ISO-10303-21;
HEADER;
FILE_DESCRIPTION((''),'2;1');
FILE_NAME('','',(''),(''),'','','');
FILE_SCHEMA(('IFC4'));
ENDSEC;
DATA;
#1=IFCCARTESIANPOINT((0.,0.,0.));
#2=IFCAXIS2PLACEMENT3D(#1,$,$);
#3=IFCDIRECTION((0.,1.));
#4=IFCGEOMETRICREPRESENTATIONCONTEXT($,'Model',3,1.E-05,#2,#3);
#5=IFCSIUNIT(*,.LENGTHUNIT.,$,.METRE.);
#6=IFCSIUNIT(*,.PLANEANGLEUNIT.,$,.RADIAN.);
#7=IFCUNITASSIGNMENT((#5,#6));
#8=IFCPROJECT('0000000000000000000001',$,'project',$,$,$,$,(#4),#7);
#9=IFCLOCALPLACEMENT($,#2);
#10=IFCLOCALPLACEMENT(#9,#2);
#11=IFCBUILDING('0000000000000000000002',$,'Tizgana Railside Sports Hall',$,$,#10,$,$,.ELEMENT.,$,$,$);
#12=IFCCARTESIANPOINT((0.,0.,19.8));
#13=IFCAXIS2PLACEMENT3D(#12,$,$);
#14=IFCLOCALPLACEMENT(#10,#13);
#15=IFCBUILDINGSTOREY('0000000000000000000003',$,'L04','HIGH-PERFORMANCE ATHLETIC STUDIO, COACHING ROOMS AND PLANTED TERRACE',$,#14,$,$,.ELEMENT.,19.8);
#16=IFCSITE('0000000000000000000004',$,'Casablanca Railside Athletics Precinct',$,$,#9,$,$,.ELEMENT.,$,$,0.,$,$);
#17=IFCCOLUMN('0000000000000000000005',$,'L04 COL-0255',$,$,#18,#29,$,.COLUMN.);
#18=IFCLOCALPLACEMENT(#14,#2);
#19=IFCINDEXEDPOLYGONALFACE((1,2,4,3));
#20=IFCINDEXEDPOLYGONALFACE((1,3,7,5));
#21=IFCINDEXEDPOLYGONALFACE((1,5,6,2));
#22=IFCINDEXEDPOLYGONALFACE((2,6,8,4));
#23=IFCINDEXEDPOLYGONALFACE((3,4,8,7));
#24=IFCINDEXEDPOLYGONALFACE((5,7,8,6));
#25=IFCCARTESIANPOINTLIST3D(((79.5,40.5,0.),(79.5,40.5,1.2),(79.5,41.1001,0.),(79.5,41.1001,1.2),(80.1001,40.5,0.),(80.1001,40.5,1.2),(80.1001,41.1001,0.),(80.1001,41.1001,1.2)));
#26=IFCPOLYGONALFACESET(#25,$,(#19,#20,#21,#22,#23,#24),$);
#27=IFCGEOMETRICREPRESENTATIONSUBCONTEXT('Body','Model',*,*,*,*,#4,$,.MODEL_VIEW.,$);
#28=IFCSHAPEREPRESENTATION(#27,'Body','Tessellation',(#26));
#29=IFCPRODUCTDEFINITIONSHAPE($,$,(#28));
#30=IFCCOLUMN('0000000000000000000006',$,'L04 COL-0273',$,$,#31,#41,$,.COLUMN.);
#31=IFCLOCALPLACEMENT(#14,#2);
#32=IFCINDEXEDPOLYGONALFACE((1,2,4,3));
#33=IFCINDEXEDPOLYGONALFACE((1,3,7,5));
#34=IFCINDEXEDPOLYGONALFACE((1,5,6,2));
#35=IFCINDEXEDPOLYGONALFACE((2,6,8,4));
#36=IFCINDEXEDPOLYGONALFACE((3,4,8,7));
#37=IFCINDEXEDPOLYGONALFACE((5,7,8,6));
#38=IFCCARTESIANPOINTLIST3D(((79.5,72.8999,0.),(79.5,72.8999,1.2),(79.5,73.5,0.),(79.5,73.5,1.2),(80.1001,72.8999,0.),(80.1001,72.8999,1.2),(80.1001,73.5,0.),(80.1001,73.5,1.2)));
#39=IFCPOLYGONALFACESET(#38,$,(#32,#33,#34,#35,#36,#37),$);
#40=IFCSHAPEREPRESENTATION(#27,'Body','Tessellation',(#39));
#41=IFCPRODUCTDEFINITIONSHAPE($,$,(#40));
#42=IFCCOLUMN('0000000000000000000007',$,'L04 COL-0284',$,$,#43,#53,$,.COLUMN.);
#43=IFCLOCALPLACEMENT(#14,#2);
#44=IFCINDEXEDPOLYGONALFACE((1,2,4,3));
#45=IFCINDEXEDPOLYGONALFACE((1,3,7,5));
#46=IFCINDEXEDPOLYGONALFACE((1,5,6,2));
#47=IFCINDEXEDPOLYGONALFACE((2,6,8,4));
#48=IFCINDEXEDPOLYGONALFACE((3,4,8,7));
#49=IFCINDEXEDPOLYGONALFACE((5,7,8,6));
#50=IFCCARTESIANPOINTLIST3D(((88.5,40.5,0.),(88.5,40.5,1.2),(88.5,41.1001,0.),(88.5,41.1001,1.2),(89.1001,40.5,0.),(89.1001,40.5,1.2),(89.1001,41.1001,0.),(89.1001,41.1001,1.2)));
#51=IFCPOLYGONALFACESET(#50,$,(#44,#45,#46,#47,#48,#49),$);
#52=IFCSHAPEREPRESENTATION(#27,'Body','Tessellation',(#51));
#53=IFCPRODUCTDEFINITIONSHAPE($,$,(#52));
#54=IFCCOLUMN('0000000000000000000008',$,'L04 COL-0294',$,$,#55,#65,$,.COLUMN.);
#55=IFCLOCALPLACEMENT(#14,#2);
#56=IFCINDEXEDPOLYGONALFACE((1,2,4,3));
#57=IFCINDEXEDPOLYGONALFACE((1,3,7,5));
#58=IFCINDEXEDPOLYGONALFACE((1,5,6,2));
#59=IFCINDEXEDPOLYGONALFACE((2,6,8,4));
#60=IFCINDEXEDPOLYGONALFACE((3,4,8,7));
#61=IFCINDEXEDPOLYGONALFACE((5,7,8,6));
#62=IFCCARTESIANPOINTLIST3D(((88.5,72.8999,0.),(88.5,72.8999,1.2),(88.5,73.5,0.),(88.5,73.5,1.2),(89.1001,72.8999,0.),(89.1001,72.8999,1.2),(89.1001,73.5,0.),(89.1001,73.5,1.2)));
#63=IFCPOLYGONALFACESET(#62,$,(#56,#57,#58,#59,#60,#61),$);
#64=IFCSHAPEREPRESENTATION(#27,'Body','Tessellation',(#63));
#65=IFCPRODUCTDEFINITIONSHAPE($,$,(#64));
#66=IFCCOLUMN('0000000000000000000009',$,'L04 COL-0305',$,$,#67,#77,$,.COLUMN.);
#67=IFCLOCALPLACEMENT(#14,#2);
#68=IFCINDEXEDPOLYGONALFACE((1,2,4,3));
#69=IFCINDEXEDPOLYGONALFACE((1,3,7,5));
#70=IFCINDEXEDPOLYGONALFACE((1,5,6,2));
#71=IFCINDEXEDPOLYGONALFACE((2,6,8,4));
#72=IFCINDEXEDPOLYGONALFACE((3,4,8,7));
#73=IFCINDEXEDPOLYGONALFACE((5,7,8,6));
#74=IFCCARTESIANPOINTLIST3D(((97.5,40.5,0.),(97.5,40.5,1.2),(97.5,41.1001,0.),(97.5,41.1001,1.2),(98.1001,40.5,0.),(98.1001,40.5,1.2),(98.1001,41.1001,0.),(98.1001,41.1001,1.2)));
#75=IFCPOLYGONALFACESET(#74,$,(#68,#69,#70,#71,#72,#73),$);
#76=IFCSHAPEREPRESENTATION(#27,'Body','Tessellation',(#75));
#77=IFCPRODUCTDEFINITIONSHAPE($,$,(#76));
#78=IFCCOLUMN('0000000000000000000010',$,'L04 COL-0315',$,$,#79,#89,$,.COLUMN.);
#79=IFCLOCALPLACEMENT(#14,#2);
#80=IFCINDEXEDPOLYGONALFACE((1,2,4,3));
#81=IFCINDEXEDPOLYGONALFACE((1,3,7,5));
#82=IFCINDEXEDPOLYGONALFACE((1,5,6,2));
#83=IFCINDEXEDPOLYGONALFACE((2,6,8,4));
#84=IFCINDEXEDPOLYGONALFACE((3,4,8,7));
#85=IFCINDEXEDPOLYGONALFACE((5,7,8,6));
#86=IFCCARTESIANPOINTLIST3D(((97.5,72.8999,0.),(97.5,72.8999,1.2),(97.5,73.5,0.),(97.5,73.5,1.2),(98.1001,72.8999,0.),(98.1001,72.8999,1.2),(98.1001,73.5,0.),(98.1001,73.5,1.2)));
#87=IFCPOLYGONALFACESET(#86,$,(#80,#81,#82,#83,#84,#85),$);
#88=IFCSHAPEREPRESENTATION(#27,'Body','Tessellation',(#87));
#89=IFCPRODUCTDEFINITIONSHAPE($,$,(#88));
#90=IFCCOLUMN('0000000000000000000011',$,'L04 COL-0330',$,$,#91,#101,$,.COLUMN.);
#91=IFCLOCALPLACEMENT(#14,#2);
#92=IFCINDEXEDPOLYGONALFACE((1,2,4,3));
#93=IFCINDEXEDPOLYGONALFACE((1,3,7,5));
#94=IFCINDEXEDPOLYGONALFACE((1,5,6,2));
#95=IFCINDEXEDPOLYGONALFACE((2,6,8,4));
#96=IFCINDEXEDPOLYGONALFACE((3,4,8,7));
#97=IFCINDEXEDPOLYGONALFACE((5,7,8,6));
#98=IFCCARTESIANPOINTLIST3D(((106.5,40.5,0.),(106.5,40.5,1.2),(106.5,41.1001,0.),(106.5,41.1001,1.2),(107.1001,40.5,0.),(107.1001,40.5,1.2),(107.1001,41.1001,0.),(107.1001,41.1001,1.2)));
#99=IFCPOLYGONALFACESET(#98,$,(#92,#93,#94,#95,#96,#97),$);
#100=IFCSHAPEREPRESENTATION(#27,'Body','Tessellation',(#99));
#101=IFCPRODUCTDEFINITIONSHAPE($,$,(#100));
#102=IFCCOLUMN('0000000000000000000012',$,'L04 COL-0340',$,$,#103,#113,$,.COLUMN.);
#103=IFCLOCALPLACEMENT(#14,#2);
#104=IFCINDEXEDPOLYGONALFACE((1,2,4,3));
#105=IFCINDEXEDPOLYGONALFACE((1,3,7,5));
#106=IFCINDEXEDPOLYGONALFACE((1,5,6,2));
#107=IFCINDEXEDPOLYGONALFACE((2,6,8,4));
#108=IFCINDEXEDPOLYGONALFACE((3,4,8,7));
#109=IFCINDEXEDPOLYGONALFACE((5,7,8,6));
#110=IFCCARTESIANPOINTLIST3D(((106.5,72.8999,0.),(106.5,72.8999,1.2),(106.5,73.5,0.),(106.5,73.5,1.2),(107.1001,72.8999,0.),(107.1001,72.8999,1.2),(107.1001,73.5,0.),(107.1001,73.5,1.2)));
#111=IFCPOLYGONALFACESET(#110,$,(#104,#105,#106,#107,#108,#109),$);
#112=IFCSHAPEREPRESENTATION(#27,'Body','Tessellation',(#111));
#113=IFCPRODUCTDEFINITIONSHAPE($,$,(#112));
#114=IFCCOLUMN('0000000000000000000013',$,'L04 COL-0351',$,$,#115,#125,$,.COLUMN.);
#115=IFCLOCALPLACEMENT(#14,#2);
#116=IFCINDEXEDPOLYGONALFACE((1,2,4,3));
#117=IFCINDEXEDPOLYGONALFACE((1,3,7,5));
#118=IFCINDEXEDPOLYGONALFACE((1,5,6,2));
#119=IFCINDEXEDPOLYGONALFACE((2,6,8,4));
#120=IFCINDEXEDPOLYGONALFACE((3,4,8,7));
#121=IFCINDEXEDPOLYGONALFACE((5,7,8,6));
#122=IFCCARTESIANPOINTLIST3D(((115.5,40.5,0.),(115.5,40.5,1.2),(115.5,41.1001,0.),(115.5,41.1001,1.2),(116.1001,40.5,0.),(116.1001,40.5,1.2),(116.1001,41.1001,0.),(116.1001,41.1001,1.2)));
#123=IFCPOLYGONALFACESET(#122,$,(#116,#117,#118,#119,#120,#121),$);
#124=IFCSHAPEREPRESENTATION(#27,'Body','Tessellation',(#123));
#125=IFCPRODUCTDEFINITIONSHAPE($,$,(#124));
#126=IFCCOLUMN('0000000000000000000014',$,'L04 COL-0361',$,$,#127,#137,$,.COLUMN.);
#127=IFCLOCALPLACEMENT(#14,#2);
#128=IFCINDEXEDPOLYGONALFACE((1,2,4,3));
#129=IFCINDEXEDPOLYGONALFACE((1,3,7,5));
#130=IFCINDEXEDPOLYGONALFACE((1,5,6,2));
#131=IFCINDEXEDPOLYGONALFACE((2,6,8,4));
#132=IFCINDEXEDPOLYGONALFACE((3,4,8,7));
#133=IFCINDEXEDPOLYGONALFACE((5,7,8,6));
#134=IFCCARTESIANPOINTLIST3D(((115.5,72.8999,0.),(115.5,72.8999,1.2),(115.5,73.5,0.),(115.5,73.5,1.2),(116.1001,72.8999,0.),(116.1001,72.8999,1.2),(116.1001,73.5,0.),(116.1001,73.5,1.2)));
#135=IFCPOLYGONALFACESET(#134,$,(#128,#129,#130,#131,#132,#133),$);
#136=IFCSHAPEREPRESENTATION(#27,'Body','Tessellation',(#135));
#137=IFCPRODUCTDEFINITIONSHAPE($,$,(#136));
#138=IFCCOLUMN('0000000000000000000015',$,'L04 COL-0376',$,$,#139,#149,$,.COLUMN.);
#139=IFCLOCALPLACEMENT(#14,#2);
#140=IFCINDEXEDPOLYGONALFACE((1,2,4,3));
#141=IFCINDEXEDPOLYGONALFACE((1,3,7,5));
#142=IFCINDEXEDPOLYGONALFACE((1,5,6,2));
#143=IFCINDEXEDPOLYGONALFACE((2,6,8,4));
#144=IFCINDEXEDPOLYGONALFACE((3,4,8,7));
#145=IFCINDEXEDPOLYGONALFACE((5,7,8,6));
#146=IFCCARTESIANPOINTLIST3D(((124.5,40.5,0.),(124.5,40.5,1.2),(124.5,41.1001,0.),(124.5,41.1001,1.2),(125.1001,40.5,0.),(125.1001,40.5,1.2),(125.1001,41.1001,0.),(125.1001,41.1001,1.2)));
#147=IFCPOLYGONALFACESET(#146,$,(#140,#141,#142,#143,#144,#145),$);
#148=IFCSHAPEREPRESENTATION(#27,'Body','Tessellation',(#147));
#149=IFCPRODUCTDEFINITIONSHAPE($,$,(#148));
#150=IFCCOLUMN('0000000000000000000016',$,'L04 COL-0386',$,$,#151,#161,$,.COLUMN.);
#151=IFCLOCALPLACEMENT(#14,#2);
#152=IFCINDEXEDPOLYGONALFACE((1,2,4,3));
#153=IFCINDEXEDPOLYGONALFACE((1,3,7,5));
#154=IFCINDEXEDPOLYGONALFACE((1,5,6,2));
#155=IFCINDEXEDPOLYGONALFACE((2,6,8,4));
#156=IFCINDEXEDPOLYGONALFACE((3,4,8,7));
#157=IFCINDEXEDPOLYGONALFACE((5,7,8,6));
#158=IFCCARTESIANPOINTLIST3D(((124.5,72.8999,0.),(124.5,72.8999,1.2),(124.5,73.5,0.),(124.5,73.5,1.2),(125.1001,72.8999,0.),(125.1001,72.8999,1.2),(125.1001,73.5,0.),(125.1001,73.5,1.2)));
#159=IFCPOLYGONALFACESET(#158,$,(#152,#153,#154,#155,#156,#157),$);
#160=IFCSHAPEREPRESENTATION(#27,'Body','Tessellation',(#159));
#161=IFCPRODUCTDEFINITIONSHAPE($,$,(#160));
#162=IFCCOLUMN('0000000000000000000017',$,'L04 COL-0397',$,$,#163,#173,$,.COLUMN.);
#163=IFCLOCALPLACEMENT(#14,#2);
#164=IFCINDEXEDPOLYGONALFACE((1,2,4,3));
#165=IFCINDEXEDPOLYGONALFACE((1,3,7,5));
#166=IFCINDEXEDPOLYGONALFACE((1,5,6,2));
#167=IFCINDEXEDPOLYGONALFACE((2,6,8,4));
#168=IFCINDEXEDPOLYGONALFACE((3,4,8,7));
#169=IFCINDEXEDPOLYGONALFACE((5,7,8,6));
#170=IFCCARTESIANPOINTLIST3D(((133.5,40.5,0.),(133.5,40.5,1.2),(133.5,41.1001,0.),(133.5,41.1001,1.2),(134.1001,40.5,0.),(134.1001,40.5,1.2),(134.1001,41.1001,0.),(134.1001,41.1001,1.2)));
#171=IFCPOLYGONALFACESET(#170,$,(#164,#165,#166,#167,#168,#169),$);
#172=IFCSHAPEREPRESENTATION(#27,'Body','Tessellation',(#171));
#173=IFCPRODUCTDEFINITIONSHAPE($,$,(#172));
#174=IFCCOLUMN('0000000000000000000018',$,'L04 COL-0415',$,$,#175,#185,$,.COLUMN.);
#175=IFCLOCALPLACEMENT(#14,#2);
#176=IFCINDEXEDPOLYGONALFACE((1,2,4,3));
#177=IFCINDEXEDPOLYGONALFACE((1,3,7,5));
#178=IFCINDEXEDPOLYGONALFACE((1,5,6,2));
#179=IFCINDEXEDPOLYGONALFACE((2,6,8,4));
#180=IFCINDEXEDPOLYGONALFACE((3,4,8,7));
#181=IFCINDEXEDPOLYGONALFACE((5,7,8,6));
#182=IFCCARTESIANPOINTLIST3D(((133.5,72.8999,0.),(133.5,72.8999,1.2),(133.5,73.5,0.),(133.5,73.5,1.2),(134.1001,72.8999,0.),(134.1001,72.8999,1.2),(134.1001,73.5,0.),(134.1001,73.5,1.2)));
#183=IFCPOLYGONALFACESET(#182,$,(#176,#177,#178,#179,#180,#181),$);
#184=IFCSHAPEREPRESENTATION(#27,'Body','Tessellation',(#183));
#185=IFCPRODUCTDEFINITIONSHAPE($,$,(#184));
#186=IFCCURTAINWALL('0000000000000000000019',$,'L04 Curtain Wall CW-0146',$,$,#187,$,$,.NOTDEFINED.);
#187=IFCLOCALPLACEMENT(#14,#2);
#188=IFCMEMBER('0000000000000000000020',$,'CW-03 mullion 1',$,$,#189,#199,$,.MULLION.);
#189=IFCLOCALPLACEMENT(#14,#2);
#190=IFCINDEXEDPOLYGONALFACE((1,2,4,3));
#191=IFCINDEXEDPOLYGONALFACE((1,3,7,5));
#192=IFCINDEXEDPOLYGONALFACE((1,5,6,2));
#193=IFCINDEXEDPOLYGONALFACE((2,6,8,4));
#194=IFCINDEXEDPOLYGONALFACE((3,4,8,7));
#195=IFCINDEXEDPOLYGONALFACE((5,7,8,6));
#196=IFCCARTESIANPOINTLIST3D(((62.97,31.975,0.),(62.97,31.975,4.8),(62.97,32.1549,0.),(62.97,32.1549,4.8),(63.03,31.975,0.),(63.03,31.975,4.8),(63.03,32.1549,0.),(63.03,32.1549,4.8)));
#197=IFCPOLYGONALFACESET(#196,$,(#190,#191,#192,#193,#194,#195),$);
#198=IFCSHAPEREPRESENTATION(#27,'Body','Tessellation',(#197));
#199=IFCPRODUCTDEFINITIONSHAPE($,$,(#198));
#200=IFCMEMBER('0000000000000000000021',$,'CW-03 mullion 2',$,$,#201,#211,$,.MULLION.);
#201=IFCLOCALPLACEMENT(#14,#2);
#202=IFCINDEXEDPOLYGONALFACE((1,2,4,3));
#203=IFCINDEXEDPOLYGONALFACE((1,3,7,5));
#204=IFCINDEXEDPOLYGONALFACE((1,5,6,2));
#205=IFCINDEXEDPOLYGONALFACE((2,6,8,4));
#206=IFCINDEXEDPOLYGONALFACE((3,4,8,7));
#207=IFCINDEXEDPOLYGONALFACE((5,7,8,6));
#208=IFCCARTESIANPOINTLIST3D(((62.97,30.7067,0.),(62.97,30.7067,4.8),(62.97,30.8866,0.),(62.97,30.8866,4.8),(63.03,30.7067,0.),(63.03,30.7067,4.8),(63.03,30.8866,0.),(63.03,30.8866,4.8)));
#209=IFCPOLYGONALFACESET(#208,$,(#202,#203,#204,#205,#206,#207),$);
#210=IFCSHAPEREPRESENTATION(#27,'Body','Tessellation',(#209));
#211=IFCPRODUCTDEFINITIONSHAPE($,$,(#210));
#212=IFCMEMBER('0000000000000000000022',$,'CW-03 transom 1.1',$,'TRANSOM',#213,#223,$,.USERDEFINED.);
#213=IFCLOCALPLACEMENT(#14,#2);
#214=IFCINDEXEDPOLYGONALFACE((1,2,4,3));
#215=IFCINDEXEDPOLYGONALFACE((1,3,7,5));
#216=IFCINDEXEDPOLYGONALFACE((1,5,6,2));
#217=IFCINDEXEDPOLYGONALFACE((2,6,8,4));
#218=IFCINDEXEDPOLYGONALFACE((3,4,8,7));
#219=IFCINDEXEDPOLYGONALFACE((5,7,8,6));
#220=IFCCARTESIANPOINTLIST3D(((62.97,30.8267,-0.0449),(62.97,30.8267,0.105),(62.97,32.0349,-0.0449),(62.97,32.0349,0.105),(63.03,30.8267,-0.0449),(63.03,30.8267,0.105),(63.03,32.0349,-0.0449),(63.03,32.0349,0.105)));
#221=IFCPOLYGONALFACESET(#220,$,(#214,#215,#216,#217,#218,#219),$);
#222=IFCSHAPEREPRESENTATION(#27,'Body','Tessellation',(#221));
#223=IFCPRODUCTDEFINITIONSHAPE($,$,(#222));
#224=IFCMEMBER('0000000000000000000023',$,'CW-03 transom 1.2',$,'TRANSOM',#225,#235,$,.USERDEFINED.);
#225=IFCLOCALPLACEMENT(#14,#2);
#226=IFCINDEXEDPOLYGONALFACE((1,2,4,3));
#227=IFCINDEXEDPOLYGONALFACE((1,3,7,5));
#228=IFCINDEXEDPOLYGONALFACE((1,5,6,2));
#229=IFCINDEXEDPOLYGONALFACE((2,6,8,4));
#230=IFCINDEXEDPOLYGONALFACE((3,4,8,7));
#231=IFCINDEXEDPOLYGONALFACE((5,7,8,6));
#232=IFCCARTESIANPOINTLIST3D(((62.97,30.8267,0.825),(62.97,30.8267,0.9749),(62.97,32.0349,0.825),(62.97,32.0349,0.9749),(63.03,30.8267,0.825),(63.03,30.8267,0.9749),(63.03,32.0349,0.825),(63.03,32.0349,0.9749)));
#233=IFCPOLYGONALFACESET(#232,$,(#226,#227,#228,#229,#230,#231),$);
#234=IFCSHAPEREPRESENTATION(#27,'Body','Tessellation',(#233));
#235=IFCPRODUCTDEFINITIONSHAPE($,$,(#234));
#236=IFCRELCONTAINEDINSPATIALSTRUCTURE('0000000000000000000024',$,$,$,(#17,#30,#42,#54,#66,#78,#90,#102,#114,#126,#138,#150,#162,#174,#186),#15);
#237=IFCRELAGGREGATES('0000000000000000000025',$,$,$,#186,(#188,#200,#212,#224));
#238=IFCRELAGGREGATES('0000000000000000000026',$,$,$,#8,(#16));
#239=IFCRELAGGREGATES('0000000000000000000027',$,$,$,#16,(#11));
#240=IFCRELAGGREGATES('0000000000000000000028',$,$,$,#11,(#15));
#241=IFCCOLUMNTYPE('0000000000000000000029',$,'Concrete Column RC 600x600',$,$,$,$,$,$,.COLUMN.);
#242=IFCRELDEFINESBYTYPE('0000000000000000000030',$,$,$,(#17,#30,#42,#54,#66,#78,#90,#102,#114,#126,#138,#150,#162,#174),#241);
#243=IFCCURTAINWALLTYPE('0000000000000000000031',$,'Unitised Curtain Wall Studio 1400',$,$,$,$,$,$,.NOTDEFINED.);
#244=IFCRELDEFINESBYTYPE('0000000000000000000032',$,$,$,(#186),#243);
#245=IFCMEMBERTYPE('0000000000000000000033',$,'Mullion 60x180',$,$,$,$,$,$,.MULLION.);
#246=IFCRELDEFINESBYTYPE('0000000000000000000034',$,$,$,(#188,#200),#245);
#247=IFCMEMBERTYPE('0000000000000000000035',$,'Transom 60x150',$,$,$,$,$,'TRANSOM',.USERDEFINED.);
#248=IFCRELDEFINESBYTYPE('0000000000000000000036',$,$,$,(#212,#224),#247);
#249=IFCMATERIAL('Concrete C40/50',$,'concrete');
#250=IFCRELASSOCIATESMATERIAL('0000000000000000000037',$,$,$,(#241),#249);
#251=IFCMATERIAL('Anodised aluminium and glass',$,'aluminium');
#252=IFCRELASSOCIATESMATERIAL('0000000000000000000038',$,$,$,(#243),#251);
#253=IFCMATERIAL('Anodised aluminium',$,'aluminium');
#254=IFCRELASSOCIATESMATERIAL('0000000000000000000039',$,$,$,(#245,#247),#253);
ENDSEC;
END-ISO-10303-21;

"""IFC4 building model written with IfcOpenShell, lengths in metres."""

from ifc_helpers import new_model, si_unit, direction, frame, origin, origin_2d, place, context, subcontext, project, spatial, rectangle, extrude, material, material_profile, profile_set, type_object, element, aggregate, save


model = new_model("IFC4")

# Units and contexts
model_context = context("Model", 3, precision=1e-05, world=origin(), true_north=direction((0.0, 1.0)))
body_context = subcontext(model_context, "Body", "Model", "MODEL_VIEW")
ifc_project = project(units=[si_unit("LENGTHUNIT", "METRE"), si_unit("PLANEANGLEUNIT", "RADIAN")], contexts=[model_context])

# Site, building, storey
site_placement = place(None, origin())
site = spatial("IfcSite", under=ifc_project, at=site_placement, Name="Casablanca Railside Athletics Precinct", CompositionType="ELEMENT", RefElevation=0.0)
building_placement = place(site_placement, origin())
building = spatial("IfcBuilding", under=site, at=building_placement, Name="Tizgana Railside Sports Hall", CompositionType="ELEMENT")
storey_placement = place(building_placement, frame((0.0, 0.0, 19.8)))
storey = spatial("IfcBuildingStorey", under=building, at=storey_placement, Name="L04", Description="HIGH-PERFORMANCE ATHLETIC STUDIO, COACHING ROOMS AND PLANTED TERRACE", CompositionType="ELEMENT", Elevation=19.8)

# Columns
ifc_material_1 = material(Name="Concrete C40/50", Category="concrete")
ifc_material_profile_1 = material_profile(ifc_material_1, rectangle(XDim=0.6001, YDim=0.6001, at=origin_2d()), Name="RC 600x600")
ifc_profile_set_1 = profile_set([ifc_material_profile_1], Name="Concrete C40/50")
column_type = type_object("IfcColumnType", Name="Concrete Column RC 600x600", PredefinedType="COLUMN", material=ifc_profile_set_1)
for number, where, z_axis, x_axis, name in (
    (1, (79.8, 40.8, 0.0), (0.0, 0.0, 1.0), (1.0, 0.0, 0.0), "L04 COL-0255"),
    (2, (79.8, 73.2, 0.0), (0.0, 0.0, 1.0), (1.0, 0.0, 0.0), "L04 COL-0273"),
    (3, (88.8, 40.8, 0.0), (0.0, 0.0, 1.0), (1.0, 0.0, 0.0), "L04 COL-0284"),
    (4, (88.8, 73.2, 0.0), (0.0, 0.0, 1.0), (1.0, 0.0, 0.0), "L04 COL-0294"),
    (5, (97.8, 40.8, 0.0), (0.0, 0.0, 1.0), (1.0, 0.0, 0.0), "L04 COL-0305"),
    (6, (97.8, 73.2, 0.0), (0.0, 0.0, 1.0), (1.0, 0.0, 0.0), "L04 COL-0315"),
    (7, (106.8, 40.8, 0.0), (0.0, 0.0, 1.0), (1.0, 0.0, 0.0), "L04 COL-0330"),
    (8, (106.8, 73.2, 0.0), (0.0, 0.0, 1.0), (1.0, 0.0, 0.0), "L04 COL-0340"),
    (9, (115.8, 40.8, 0.0), (0.0, 0.0, 1.0), (1.0, 0.0, 0.0), "L04 COL-0351"),
    (10, (115.8, 73.2, 0.0), (0.0, 0.0, 1.0), (1.0, 0.0, 0.0), "L04 COL-0361"),
    (11, (124.8, 40.8, 0.0), (0.0, 0.0, 1.0), (1.0, 0.0, 0.0), "L04 COL-0376"),
    (12, (124.8, 73.2, 0.0), (0.0, 0.0, 1.0), (1.0, 0.0, 0.0), "L04 COL-0386"),
    (13, (133.8, 40.8, 0.0), (0.0, 0.0, 1.0), (1.0, 0.0, 0.0), "L04 COL-0397"),
    (14, (133.8, 73.2, 0.0), (0.0, 0.0, 1.0), (1.0, 0.0, 0.0), "L04 COL-0415"),
):
    element("IfcColumn", number, at=place(storey_placement, frame(where, z_axis=z_axis, x_axis=x_axis)), inside=storey, type_object=column_type, Name=name, PredefinedType="COLUMN", context=body_context, shape_type="SweptSolid", body=[
        extrude(rectangle(XDim=0.6001, YDim=0.6001, at=origin_2d()), origin(), (0.0, 0.0, 1.0), 1.2),
    ])

# Curtain wall, members
ifc_material_2 = material(Name="Anodised aluminium and glass", Category="aluminium")
curtain_wall_type = type_object("IfcCurtainWallType", Name="Unitised Curtain Wall Studio 1400", PredefinedType="NOTDEFINED", material=ifc_material_2)
curtain_wall_placement = place(storey_placement, origin())
curtain_wall = element("IfcCurtainWall", 15, at=curtain_wall_placement, inside=storey, type_object=curtain_wall_type, Name="L04 Curtain Wall CW-0146", PredefinedType="NOTDEFINED")
ifc_material_3 = material(Name="Anodised aluminium", Category="aluminium")
ifc_material_profile_2 = material_profile(ifc_material_3, rectangle(XDim=0.0601, YDim=0.1799, at=origin_2d()), Name="Mullion 60x180")
ifc_profile_set_2 = profile_set([ifc_material_profile_2], Name="Anodised aluminium")
member_type_1 = type_object("IfcMemberType", Name="Mullion 60x180", PredefinedType="MULLION", material=ifc_profile_set_2)
member_1_placement = place(storey_placement, frame((63.0, 32.0649, 0.0), z_axis=(0.0, 0.0, 1.0), x_axis=(1.0, 0.0, 0.0)))
member_1 = element("IfcMember", 16, at=member_1_placement, type_object=member_type_1, Name="CW-03 mullion 1", PredefinedType="MULLION", context=body_context, shape_type="SweptSolid", body=[
    extrude(rectangle(XDim=0.0601, YDim=0.1799, at=origin_2d()), origin(), (0.0, 0.0, 1.0), 4.8),
])
member_2_placement = place(storey_placement, frame((63.0, 30.7966, 0.0), z_axis=(0.0, 0.0, 1.0), x_axis=(1.0, 0.0, 0.0)))
member_2 = element("IfcMember", 17, at=member_2_placement, type_object=member_type_1, Name="CW-03 mullion 2", PredefinedType="MULLION", context=body_context, shape_type="SweptSolid", body=[
    extrude(rectangle(XDim=0.0601, YDim=0.1799, at=origin_2d()), origin(), (0.0, 0.0, 1.0), 4.8),
])
ifc_material_profile_3 = material_profile(ifc_material_3, rectangle(XDim=0.0601, YDim=0.1499, at=origin_2d()), Name="Transom 60x150")
ifc_profile_set_3 = profile_set([ifc_material_profile_3], Name="Anodised aluminium")
member_type_2 = type_object("IfcMemberType", Name="Transom 60x150", ElementType="TRANSOM", PredefinedType="USERDEFINED", material=ifc_profile_set_3)
member_3_placement = place(storey_placement, frame((63.0, 32.0349, 0.03), z_axis=(0.0, -1.0, 0.0), x_axis=(1.0, 0.0, 0.0)))
member_3 = element("IfcMember", 18, at=member_3_placement, type_object=member_type_2, Name="CW-03 transom 1.1", ObjectType="TRANSOM", PredefinedType="USERDEFINED", context=body_context, shape_type="SweptSolid", body=[
    extrude(rectangle(XDim=0.0601, YDim=0.1499, at=origin_2d()), origin(), (0.0, 0.0, 1.0), 1.2083),
])
member_4_placement = place(storey_placement, frame((63.0, 32.0349, 0.8999), z_axis=(0.0, -1.0, 0.0), x_axis=(1.0, 0.0, 0.0)))
member_4 = element("IfcMember", 19, at=member_4_placement, type_object=member_type_2, Name="CW-03 transom 1.2", ObjectType="TRANSOM", PredefinedType="USERDEFINED", context=body_context, shape_type="SweptSolid", body=[
    extrude(rectangle(XDim=0.0601, YDim=0.1499, at=origin_2d()), origin(), (0.0, 0.0, 1.0), 1.2083),
])
aggregate(curtain_wall, [member_1, member_2, member_3, member_4])

save(model, "model.ifc")
